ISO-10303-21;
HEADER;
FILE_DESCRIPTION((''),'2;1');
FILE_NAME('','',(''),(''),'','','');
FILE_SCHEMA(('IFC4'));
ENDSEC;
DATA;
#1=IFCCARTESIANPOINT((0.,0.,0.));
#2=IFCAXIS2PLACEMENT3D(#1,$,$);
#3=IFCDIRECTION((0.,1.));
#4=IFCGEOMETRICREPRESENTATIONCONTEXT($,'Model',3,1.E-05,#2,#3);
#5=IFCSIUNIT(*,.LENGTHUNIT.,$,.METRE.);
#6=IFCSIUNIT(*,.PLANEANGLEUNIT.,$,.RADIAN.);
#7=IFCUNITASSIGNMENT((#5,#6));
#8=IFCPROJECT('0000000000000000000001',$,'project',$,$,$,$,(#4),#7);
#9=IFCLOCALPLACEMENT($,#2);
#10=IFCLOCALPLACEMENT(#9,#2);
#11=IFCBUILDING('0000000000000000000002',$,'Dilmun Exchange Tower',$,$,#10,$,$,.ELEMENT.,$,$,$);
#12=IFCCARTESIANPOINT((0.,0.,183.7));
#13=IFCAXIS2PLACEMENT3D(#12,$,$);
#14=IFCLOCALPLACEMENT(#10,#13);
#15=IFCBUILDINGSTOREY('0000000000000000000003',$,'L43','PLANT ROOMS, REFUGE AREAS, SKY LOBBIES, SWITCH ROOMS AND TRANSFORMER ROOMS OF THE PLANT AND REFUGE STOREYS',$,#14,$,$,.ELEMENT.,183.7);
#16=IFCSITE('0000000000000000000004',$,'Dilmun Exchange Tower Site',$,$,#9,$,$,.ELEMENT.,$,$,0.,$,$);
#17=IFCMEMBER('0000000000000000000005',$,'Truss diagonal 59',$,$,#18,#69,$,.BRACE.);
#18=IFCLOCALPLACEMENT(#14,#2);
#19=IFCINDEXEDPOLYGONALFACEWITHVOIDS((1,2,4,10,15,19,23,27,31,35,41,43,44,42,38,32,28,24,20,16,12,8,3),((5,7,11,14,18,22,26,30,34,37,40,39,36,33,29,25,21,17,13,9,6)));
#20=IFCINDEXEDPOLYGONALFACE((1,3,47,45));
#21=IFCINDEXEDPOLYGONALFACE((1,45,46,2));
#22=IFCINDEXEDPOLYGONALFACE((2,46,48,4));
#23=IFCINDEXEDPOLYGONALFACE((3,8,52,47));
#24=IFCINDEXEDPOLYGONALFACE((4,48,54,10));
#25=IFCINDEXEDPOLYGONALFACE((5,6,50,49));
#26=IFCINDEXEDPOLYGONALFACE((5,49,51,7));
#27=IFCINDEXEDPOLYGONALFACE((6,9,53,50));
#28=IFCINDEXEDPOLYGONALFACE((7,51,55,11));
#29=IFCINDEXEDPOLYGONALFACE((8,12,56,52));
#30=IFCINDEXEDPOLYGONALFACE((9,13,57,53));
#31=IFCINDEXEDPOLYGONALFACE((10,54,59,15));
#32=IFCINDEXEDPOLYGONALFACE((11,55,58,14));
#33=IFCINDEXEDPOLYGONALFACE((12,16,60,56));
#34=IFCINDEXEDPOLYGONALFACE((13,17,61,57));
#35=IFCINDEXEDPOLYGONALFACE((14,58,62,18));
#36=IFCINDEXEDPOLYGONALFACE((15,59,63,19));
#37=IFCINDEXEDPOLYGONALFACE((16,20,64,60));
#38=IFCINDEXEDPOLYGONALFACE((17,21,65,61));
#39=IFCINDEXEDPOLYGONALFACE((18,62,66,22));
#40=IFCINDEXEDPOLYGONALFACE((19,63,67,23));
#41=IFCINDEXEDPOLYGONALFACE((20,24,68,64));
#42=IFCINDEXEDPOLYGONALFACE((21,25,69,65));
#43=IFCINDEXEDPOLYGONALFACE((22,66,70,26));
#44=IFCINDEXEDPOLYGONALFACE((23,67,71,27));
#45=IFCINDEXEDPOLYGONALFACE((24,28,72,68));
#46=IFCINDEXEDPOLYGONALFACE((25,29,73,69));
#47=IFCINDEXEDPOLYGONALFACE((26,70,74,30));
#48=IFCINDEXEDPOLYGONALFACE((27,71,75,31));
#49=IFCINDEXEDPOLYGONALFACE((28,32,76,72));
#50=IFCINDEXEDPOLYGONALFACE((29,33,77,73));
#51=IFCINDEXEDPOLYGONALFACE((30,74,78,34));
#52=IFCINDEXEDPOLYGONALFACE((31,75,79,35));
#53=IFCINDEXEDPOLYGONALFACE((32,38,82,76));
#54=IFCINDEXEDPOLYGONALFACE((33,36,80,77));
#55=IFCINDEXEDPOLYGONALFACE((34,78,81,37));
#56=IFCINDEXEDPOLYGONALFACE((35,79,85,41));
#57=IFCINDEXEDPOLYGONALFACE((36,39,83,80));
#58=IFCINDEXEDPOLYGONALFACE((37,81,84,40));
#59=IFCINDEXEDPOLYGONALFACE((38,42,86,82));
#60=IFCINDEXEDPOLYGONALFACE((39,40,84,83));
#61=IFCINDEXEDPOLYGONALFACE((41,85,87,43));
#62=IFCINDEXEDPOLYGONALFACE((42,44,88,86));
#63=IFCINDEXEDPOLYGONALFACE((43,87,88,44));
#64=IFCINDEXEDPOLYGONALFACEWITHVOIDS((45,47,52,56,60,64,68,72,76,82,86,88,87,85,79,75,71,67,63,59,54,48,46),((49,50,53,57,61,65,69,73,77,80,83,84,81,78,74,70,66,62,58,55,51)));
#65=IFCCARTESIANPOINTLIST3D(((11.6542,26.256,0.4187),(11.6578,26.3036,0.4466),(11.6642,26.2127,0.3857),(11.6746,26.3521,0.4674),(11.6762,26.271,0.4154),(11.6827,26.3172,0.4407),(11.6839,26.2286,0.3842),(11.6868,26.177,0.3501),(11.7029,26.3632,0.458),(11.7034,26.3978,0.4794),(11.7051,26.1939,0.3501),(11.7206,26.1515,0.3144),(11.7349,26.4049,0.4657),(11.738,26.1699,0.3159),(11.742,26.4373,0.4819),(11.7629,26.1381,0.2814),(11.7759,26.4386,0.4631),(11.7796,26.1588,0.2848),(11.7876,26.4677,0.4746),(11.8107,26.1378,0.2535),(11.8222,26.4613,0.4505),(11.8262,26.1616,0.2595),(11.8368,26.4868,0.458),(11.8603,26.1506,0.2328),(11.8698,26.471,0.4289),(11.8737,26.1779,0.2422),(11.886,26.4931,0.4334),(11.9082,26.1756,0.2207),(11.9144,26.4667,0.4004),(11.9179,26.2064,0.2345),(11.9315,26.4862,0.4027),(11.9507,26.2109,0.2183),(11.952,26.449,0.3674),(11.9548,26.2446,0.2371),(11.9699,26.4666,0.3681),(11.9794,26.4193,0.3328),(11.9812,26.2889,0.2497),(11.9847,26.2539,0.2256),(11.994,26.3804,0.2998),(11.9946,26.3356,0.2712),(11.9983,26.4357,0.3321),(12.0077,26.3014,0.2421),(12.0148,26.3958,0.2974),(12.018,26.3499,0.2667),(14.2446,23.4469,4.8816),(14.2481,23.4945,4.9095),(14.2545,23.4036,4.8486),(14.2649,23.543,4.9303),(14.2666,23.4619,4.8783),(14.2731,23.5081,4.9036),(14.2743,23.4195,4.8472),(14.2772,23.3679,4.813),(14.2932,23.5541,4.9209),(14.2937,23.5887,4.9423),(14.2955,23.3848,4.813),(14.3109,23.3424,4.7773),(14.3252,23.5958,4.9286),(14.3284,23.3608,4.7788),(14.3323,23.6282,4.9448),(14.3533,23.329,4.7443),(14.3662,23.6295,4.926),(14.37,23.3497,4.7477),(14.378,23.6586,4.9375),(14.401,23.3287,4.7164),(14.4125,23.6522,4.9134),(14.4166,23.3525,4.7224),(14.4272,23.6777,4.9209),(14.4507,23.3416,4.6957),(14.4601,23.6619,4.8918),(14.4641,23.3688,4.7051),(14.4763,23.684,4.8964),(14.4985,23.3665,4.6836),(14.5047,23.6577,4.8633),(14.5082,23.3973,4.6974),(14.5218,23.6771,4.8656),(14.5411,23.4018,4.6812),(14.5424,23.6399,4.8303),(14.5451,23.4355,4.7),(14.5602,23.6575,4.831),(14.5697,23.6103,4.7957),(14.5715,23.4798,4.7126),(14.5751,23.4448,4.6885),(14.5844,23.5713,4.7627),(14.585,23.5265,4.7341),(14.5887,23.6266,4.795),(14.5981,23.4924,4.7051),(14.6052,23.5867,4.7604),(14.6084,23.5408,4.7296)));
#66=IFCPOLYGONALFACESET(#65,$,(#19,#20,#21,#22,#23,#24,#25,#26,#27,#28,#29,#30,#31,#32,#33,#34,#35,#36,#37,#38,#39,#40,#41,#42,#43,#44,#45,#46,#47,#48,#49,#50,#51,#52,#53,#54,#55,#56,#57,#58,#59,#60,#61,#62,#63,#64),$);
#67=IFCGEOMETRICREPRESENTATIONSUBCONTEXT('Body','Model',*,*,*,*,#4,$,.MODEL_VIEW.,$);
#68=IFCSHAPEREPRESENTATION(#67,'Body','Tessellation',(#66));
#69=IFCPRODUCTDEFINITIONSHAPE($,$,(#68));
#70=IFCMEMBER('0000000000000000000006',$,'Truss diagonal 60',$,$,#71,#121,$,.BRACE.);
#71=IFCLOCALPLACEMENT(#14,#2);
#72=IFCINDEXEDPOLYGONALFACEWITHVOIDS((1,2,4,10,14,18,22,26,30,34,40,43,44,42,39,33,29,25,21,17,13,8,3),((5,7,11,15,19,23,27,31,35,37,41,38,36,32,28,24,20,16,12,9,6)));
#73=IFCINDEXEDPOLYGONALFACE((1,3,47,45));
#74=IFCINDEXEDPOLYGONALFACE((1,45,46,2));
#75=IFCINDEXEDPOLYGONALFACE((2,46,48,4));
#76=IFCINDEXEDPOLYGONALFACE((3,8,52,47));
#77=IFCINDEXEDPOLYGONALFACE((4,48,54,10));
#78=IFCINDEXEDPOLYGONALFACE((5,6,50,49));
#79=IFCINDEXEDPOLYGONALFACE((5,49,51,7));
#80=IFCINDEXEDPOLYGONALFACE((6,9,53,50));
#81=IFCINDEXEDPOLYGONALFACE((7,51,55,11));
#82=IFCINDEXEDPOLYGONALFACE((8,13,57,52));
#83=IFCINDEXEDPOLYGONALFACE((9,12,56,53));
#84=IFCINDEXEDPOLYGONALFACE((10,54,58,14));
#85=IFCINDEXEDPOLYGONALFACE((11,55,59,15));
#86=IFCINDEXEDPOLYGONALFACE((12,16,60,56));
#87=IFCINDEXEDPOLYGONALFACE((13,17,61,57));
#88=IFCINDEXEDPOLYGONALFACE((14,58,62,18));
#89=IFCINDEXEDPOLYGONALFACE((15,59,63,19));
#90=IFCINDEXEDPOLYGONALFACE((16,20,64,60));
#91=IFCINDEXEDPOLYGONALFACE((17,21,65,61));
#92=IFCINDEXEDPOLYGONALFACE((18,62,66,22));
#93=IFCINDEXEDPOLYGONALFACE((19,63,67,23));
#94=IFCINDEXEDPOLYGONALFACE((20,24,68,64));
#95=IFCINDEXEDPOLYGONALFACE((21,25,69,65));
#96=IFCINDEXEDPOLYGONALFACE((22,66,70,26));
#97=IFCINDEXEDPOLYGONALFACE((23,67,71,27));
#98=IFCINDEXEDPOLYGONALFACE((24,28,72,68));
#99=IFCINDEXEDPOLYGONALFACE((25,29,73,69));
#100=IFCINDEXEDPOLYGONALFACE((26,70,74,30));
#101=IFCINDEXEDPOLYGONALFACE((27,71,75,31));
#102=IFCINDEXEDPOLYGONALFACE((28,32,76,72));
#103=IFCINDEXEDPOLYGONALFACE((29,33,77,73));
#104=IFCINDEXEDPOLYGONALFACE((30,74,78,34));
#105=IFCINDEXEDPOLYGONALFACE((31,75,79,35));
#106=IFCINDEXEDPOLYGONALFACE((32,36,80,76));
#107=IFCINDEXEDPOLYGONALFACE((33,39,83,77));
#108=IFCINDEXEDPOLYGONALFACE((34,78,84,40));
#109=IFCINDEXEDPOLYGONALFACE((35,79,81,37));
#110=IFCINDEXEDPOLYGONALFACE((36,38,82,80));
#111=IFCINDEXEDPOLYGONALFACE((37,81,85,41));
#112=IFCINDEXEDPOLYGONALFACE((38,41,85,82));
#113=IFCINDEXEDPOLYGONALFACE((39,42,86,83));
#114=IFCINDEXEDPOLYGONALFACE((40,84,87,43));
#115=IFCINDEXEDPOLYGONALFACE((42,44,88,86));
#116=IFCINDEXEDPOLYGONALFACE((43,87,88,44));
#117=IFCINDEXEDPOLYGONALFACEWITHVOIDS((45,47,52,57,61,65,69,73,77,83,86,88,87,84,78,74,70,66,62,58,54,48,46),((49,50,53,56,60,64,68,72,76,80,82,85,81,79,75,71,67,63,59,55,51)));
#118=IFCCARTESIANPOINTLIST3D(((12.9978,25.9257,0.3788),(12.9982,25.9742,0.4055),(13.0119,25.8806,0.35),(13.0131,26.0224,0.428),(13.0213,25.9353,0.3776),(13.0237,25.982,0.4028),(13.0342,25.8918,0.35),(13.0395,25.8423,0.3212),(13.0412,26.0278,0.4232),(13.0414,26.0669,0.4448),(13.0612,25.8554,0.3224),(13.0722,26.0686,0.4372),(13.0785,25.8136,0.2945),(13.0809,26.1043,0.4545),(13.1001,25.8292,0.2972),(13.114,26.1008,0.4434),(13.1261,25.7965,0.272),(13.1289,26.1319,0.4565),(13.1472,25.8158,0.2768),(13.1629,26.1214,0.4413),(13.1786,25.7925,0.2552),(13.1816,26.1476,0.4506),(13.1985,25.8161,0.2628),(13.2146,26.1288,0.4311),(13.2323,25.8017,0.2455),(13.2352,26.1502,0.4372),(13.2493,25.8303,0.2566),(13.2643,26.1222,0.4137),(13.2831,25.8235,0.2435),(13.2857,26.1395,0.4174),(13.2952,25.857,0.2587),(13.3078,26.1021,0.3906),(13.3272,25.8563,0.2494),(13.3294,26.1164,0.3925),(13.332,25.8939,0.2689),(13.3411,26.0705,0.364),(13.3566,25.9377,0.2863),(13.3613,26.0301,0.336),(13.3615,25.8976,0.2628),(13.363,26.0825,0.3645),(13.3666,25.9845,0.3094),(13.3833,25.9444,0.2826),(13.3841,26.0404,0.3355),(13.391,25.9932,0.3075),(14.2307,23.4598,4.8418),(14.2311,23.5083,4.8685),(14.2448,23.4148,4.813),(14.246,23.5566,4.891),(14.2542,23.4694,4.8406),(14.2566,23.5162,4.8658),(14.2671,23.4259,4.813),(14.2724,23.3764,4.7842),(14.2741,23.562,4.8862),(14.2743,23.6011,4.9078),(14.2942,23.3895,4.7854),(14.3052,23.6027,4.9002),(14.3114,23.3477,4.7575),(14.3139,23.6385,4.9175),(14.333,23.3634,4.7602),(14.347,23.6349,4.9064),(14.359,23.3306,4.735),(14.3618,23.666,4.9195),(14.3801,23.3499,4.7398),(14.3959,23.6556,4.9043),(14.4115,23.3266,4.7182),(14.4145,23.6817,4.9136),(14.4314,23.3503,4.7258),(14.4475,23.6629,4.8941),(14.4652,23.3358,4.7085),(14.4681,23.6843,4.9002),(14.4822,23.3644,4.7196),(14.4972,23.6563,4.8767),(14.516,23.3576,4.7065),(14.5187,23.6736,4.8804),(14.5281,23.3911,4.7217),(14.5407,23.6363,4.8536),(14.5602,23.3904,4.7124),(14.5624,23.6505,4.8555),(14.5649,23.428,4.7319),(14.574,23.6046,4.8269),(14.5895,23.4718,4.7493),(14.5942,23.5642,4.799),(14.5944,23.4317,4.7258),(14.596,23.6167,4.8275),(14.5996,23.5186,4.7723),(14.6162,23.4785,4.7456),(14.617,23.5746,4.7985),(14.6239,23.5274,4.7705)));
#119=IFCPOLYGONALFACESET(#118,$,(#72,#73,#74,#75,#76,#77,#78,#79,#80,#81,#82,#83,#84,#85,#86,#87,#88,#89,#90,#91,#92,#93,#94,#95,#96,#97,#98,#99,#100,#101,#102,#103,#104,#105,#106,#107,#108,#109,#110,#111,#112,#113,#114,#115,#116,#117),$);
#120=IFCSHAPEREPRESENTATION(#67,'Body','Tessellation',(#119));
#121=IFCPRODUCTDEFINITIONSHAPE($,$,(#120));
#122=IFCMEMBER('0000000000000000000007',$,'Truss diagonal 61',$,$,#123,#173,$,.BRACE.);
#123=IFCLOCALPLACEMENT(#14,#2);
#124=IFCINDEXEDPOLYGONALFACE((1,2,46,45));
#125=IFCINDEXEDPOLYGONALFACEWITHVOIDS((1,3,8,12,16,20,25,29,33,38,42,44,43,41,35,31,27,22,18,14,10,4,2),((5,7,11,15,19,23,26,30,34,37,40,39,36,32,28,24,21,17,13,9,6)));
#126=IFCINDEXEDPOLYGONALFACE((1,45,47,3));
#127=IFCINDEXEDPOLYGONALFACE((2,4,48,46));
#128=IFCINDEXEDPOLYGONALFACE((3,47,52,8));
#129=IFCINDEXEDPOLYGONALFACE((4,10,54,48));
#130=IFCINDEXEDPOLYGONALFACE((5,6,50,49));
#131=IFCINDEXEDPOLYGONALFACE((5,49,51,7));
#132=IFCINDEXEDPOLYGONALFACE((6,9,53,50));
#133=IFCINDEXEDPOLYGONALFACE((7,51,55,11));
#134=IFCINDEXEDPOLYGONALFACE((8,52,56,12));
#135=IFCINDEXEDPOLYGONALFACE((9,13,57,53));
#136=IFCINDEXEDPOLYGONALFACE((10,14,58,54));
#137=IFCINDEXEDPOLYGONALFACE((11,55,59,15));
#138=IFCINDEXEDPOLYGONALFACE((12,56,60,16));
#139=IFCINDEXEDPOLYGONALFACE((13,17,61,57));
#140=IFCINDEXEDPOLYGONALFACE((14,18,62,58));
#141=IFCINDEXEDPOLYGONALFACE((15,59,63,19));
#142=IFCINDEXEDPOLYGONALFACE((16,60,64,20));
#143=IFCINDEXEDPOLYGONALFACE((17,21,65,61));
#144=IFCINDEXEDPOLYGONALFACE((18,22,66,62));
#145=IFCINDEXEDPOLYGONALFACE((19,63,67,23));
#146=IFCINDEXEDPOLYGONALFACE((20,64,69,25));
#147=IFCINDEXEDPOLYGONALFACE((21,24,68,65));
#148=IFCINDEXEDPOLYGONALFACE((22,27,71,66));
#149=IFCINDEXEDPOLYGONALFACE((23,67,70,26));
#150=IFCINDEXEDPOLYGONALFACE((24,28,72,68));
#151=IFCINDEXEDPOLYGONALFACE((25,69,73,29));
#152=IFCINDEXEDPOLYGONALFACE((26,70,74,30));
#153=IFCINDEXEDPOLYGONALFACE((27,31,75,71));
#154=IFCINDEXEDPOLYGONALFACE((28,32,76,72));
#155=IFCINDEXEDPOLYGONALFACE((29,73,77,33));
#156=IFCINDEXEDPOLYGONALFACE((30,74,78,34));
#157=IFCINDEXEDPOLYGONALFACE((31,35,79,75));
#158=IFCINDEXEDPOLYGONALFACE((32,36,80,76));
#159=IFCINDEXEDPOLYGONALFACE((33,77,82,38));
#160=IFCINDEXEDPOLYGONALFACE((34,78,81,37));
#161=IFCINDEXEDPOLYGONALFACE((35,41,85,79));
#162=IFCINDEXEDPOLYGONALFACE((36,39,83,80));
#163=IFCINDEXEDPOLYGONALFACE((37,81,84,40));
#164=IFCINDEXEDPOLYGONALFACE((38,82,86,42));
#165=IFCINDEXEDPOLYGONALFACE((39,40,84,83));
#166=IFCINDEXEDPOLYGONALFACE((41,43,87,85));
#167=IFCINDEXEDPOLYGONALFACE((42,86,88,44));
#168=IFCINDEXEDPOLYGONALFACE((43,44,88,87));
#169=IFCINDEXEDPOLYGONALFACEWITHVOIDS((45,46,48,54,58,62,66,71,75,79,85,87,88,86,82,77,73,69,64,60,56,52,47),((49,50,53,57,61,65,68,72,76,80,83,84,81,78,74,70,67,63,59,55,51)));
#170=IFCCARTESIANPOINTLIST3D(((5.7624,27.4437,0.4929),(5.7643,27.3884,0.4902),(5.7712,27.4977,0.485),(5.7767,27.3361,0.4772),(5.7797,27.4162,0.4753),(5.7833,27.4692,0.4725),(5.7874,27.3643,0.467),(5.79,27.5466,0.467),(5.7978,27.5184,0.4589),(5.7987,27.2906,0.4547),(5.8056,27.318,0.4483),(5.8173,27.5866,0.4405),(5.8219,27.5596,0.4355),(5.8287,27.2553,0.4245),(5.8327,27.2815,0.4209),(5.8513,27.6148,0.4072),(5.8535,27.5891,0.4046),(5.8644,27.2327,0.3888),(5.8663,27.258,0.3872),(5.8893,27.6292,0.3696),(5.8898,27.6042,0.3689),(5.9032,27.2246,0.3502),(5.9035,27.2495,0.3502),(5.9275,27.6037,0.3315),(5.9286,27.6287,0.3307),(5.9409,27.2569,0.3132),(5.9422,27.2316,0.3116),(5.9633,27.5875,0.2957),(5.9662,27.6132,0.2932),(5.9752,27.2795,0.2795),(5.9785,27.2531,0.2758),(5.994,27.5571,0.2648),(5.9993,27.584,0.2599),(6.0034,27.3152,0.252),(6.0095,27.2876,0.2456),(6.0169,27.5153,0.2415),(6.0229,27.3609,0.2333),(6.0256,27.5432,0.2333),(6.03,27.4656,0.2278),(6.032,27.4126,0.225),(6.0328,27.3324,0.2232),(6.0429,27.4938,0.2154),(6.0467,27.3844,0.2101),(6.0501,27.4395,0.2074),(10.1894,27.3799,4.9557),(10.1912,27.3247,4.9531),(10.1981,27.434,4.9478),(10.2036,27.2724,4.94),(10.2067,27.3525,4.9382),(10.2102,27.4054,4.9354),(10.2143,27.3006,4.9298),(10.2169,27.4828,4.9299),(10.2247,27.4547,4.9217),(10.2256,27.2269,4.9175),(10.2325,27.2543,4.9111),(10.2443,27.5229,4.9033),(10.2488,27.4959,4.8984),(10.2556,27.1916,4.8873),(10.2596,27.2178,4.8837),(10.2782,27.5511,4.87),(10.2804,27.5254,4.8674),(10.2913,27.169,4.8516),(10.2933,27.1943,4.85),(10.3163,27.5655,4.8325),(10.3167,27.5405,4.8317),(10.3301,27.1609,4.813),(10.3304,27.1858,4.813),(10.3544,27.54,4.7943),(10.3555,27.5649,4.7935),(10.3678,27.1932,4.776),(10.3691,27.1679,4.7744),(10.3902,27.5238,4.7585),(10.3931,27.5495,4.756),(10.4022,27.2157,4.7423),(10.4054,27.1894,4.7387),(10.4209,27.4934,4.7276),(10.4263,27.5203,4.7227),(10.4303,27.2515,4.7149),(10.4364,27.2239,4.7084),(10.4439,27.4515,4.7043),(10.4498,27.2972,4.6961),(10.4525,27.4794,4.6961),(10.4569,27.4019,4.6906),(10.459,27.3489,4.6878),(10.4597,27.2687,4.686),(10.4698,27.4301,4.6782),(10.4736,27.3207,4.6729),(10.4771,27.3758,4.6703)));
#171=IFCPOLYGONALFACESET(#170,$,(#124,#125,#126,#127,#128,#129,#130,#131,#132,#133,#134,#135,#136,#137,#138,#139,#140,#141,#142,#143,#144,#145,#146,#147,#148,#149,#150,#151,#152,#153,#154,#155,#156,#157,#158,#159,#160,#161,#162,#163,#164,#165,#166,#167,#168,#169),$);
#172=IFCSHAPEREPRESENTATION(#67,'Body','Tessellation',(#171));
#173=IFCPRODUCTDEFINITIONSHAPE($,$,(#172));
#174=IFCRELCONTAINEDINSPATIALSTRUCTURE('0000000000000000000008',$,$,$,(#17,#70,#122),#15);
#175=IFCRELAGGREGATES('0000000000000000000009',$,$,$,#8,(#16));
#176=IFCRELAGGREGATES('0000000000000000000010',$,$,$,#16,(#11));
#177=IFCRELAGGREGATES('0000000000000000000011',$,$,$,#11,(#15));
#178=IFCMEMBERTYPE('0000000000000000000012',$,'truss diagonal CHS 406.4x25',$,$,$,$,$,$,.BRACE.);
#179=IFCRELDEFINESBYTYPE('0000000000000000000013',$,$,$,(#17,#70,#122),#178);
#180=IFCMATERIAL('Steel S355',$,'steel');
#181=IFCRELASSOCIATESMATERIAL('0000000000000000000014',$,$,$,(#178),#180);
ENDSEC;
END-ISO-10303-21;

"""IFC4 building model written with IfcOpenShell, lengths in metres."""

from ifc_helpers import new_model, si_unit, direction, frame, origin, origin_2d, place, context, subcontext, project, spatial, hollow_circle, extrude, material, material_profile, profile_set, type_object, element, save


model = new_model("IFC4")

# Units and contexts
model_context = context("Model", 3, precision=1e-05, world=origin(), true_north=direction((0.0, 1.0)))
body_context = subcontext(model_context, "Body", "Model", "MODEL_VIEW")
ifc_project = project(units=[si_unit("LENGTHUNIT", "METRE"), si_unit("PLANEANGLEUNIT", "RADIAN")], contexts=[model_context])

# Site, building, storey
site_placement = place(None, origin())
site = spatial("IfcSite", under=ifc_project, at=site_placement, Name="Dilmun Exchange Tower Site", CompositionType="ELEMENT", RefElevation=0.0)
building_placement = place(site_placement, origin())
building = spatial("IfcBuilding", under=site, at=building_placement, Name="Dilmun Exchange Tower", CompositionType="ELEMENT")
storey_placement = place(building_placement, frame((0.0, 0.0, 183.7)))
storey = spatial("IfcBuildingStorey", under=building, at=storey_placement, Name="L43", Description="PLANT ROOMS, REFUGE AREAS, SKY LOBBIES, SWITCH ROOMS AND TRANSFORMER ROOMS OF THE PLANT AND REFUGE STOREYS", CompositionType="ELEMENT", Elevation=183.7)

# Shared definitions
ifc_material_1 = material(Name="Steel S355", Category="steel")

# Members
ifc_material_profile_1 = material_profile(ifc_material_1, hollow_circle(Radius=0.2031, WallThickness=0.0249, at=origin_2d()), Name="CHS 406.4x25")
ifc_profile_set_1 = profile_set([ifc_material_profile_1], Name="Steel S355")
member_type_1 = type_object("IfcMemberType", Name="truss diagonal CHS 406.4x25", PredefinedType="BRACE", material=ifc_profile_set_1)
member_1_placement = place(storey_placement, frame((14.4265, 23.5056, 4.813), z_axis=(-0.440891, 0.478124, -0.759613), x_axis=(-0.735151, -0.677903, 0.0)))
element("IfcMember", 1, at=member_1_placement, inside=storey, type_object=member_type_1, Name="Truss diagonal 59", PredefinedType="BRACE", context=body_context, shape_type="SweptSolid", body=[
    extrude(hollow_circle(Radius=0.2031, WallThickness=0.0249, at=origin_2d()), origin(), (0.0, 0.0, 1.0), 5.8752),
])
member_2_placement = place(storey_placement, frame((14.4265, 23.5056, 4.813), z_axis=(-0.235031, 0.470062, -0.850766), x_axis=(-0.894427, -0.447214, 0.0)))
element("IfcMember", 2, at=member_2_placement, inside=storey, type_object=member_type_1, Name="Truss diagonal 60", PredefinedType="BRACE", context=body_context, shape_type="SweptSolid", body=[
    extrude(hollow_circle(Radius=0.2031, WallThickness=0.0249, at=origin_2d()), origin(), (0.0, 0.0, 1.0), 5.2458),
])
member_3_placement = place(storey_placement, frame((10.333, 27.364, 4.813), z_axis=(-0.70421, 0.010136, -0.709919), x_axis=(-0.014392, -0.999896, 0.0)))
element("IfcMember", 3, at=member_3_placement, inside=storey, type_object=member_type_1, Name="Truss diagonal 61", PredefinedType="BRACE", context=body_context, shape_type="SweptSolid", body=[
    extrude(hollow_circle(Radius=0.2031, WallThickness=0.0249, at=origin_2d()), origin(), (0.0, 0.0, 1.0), 6.2864),
])

save(model, "model.ifc")
